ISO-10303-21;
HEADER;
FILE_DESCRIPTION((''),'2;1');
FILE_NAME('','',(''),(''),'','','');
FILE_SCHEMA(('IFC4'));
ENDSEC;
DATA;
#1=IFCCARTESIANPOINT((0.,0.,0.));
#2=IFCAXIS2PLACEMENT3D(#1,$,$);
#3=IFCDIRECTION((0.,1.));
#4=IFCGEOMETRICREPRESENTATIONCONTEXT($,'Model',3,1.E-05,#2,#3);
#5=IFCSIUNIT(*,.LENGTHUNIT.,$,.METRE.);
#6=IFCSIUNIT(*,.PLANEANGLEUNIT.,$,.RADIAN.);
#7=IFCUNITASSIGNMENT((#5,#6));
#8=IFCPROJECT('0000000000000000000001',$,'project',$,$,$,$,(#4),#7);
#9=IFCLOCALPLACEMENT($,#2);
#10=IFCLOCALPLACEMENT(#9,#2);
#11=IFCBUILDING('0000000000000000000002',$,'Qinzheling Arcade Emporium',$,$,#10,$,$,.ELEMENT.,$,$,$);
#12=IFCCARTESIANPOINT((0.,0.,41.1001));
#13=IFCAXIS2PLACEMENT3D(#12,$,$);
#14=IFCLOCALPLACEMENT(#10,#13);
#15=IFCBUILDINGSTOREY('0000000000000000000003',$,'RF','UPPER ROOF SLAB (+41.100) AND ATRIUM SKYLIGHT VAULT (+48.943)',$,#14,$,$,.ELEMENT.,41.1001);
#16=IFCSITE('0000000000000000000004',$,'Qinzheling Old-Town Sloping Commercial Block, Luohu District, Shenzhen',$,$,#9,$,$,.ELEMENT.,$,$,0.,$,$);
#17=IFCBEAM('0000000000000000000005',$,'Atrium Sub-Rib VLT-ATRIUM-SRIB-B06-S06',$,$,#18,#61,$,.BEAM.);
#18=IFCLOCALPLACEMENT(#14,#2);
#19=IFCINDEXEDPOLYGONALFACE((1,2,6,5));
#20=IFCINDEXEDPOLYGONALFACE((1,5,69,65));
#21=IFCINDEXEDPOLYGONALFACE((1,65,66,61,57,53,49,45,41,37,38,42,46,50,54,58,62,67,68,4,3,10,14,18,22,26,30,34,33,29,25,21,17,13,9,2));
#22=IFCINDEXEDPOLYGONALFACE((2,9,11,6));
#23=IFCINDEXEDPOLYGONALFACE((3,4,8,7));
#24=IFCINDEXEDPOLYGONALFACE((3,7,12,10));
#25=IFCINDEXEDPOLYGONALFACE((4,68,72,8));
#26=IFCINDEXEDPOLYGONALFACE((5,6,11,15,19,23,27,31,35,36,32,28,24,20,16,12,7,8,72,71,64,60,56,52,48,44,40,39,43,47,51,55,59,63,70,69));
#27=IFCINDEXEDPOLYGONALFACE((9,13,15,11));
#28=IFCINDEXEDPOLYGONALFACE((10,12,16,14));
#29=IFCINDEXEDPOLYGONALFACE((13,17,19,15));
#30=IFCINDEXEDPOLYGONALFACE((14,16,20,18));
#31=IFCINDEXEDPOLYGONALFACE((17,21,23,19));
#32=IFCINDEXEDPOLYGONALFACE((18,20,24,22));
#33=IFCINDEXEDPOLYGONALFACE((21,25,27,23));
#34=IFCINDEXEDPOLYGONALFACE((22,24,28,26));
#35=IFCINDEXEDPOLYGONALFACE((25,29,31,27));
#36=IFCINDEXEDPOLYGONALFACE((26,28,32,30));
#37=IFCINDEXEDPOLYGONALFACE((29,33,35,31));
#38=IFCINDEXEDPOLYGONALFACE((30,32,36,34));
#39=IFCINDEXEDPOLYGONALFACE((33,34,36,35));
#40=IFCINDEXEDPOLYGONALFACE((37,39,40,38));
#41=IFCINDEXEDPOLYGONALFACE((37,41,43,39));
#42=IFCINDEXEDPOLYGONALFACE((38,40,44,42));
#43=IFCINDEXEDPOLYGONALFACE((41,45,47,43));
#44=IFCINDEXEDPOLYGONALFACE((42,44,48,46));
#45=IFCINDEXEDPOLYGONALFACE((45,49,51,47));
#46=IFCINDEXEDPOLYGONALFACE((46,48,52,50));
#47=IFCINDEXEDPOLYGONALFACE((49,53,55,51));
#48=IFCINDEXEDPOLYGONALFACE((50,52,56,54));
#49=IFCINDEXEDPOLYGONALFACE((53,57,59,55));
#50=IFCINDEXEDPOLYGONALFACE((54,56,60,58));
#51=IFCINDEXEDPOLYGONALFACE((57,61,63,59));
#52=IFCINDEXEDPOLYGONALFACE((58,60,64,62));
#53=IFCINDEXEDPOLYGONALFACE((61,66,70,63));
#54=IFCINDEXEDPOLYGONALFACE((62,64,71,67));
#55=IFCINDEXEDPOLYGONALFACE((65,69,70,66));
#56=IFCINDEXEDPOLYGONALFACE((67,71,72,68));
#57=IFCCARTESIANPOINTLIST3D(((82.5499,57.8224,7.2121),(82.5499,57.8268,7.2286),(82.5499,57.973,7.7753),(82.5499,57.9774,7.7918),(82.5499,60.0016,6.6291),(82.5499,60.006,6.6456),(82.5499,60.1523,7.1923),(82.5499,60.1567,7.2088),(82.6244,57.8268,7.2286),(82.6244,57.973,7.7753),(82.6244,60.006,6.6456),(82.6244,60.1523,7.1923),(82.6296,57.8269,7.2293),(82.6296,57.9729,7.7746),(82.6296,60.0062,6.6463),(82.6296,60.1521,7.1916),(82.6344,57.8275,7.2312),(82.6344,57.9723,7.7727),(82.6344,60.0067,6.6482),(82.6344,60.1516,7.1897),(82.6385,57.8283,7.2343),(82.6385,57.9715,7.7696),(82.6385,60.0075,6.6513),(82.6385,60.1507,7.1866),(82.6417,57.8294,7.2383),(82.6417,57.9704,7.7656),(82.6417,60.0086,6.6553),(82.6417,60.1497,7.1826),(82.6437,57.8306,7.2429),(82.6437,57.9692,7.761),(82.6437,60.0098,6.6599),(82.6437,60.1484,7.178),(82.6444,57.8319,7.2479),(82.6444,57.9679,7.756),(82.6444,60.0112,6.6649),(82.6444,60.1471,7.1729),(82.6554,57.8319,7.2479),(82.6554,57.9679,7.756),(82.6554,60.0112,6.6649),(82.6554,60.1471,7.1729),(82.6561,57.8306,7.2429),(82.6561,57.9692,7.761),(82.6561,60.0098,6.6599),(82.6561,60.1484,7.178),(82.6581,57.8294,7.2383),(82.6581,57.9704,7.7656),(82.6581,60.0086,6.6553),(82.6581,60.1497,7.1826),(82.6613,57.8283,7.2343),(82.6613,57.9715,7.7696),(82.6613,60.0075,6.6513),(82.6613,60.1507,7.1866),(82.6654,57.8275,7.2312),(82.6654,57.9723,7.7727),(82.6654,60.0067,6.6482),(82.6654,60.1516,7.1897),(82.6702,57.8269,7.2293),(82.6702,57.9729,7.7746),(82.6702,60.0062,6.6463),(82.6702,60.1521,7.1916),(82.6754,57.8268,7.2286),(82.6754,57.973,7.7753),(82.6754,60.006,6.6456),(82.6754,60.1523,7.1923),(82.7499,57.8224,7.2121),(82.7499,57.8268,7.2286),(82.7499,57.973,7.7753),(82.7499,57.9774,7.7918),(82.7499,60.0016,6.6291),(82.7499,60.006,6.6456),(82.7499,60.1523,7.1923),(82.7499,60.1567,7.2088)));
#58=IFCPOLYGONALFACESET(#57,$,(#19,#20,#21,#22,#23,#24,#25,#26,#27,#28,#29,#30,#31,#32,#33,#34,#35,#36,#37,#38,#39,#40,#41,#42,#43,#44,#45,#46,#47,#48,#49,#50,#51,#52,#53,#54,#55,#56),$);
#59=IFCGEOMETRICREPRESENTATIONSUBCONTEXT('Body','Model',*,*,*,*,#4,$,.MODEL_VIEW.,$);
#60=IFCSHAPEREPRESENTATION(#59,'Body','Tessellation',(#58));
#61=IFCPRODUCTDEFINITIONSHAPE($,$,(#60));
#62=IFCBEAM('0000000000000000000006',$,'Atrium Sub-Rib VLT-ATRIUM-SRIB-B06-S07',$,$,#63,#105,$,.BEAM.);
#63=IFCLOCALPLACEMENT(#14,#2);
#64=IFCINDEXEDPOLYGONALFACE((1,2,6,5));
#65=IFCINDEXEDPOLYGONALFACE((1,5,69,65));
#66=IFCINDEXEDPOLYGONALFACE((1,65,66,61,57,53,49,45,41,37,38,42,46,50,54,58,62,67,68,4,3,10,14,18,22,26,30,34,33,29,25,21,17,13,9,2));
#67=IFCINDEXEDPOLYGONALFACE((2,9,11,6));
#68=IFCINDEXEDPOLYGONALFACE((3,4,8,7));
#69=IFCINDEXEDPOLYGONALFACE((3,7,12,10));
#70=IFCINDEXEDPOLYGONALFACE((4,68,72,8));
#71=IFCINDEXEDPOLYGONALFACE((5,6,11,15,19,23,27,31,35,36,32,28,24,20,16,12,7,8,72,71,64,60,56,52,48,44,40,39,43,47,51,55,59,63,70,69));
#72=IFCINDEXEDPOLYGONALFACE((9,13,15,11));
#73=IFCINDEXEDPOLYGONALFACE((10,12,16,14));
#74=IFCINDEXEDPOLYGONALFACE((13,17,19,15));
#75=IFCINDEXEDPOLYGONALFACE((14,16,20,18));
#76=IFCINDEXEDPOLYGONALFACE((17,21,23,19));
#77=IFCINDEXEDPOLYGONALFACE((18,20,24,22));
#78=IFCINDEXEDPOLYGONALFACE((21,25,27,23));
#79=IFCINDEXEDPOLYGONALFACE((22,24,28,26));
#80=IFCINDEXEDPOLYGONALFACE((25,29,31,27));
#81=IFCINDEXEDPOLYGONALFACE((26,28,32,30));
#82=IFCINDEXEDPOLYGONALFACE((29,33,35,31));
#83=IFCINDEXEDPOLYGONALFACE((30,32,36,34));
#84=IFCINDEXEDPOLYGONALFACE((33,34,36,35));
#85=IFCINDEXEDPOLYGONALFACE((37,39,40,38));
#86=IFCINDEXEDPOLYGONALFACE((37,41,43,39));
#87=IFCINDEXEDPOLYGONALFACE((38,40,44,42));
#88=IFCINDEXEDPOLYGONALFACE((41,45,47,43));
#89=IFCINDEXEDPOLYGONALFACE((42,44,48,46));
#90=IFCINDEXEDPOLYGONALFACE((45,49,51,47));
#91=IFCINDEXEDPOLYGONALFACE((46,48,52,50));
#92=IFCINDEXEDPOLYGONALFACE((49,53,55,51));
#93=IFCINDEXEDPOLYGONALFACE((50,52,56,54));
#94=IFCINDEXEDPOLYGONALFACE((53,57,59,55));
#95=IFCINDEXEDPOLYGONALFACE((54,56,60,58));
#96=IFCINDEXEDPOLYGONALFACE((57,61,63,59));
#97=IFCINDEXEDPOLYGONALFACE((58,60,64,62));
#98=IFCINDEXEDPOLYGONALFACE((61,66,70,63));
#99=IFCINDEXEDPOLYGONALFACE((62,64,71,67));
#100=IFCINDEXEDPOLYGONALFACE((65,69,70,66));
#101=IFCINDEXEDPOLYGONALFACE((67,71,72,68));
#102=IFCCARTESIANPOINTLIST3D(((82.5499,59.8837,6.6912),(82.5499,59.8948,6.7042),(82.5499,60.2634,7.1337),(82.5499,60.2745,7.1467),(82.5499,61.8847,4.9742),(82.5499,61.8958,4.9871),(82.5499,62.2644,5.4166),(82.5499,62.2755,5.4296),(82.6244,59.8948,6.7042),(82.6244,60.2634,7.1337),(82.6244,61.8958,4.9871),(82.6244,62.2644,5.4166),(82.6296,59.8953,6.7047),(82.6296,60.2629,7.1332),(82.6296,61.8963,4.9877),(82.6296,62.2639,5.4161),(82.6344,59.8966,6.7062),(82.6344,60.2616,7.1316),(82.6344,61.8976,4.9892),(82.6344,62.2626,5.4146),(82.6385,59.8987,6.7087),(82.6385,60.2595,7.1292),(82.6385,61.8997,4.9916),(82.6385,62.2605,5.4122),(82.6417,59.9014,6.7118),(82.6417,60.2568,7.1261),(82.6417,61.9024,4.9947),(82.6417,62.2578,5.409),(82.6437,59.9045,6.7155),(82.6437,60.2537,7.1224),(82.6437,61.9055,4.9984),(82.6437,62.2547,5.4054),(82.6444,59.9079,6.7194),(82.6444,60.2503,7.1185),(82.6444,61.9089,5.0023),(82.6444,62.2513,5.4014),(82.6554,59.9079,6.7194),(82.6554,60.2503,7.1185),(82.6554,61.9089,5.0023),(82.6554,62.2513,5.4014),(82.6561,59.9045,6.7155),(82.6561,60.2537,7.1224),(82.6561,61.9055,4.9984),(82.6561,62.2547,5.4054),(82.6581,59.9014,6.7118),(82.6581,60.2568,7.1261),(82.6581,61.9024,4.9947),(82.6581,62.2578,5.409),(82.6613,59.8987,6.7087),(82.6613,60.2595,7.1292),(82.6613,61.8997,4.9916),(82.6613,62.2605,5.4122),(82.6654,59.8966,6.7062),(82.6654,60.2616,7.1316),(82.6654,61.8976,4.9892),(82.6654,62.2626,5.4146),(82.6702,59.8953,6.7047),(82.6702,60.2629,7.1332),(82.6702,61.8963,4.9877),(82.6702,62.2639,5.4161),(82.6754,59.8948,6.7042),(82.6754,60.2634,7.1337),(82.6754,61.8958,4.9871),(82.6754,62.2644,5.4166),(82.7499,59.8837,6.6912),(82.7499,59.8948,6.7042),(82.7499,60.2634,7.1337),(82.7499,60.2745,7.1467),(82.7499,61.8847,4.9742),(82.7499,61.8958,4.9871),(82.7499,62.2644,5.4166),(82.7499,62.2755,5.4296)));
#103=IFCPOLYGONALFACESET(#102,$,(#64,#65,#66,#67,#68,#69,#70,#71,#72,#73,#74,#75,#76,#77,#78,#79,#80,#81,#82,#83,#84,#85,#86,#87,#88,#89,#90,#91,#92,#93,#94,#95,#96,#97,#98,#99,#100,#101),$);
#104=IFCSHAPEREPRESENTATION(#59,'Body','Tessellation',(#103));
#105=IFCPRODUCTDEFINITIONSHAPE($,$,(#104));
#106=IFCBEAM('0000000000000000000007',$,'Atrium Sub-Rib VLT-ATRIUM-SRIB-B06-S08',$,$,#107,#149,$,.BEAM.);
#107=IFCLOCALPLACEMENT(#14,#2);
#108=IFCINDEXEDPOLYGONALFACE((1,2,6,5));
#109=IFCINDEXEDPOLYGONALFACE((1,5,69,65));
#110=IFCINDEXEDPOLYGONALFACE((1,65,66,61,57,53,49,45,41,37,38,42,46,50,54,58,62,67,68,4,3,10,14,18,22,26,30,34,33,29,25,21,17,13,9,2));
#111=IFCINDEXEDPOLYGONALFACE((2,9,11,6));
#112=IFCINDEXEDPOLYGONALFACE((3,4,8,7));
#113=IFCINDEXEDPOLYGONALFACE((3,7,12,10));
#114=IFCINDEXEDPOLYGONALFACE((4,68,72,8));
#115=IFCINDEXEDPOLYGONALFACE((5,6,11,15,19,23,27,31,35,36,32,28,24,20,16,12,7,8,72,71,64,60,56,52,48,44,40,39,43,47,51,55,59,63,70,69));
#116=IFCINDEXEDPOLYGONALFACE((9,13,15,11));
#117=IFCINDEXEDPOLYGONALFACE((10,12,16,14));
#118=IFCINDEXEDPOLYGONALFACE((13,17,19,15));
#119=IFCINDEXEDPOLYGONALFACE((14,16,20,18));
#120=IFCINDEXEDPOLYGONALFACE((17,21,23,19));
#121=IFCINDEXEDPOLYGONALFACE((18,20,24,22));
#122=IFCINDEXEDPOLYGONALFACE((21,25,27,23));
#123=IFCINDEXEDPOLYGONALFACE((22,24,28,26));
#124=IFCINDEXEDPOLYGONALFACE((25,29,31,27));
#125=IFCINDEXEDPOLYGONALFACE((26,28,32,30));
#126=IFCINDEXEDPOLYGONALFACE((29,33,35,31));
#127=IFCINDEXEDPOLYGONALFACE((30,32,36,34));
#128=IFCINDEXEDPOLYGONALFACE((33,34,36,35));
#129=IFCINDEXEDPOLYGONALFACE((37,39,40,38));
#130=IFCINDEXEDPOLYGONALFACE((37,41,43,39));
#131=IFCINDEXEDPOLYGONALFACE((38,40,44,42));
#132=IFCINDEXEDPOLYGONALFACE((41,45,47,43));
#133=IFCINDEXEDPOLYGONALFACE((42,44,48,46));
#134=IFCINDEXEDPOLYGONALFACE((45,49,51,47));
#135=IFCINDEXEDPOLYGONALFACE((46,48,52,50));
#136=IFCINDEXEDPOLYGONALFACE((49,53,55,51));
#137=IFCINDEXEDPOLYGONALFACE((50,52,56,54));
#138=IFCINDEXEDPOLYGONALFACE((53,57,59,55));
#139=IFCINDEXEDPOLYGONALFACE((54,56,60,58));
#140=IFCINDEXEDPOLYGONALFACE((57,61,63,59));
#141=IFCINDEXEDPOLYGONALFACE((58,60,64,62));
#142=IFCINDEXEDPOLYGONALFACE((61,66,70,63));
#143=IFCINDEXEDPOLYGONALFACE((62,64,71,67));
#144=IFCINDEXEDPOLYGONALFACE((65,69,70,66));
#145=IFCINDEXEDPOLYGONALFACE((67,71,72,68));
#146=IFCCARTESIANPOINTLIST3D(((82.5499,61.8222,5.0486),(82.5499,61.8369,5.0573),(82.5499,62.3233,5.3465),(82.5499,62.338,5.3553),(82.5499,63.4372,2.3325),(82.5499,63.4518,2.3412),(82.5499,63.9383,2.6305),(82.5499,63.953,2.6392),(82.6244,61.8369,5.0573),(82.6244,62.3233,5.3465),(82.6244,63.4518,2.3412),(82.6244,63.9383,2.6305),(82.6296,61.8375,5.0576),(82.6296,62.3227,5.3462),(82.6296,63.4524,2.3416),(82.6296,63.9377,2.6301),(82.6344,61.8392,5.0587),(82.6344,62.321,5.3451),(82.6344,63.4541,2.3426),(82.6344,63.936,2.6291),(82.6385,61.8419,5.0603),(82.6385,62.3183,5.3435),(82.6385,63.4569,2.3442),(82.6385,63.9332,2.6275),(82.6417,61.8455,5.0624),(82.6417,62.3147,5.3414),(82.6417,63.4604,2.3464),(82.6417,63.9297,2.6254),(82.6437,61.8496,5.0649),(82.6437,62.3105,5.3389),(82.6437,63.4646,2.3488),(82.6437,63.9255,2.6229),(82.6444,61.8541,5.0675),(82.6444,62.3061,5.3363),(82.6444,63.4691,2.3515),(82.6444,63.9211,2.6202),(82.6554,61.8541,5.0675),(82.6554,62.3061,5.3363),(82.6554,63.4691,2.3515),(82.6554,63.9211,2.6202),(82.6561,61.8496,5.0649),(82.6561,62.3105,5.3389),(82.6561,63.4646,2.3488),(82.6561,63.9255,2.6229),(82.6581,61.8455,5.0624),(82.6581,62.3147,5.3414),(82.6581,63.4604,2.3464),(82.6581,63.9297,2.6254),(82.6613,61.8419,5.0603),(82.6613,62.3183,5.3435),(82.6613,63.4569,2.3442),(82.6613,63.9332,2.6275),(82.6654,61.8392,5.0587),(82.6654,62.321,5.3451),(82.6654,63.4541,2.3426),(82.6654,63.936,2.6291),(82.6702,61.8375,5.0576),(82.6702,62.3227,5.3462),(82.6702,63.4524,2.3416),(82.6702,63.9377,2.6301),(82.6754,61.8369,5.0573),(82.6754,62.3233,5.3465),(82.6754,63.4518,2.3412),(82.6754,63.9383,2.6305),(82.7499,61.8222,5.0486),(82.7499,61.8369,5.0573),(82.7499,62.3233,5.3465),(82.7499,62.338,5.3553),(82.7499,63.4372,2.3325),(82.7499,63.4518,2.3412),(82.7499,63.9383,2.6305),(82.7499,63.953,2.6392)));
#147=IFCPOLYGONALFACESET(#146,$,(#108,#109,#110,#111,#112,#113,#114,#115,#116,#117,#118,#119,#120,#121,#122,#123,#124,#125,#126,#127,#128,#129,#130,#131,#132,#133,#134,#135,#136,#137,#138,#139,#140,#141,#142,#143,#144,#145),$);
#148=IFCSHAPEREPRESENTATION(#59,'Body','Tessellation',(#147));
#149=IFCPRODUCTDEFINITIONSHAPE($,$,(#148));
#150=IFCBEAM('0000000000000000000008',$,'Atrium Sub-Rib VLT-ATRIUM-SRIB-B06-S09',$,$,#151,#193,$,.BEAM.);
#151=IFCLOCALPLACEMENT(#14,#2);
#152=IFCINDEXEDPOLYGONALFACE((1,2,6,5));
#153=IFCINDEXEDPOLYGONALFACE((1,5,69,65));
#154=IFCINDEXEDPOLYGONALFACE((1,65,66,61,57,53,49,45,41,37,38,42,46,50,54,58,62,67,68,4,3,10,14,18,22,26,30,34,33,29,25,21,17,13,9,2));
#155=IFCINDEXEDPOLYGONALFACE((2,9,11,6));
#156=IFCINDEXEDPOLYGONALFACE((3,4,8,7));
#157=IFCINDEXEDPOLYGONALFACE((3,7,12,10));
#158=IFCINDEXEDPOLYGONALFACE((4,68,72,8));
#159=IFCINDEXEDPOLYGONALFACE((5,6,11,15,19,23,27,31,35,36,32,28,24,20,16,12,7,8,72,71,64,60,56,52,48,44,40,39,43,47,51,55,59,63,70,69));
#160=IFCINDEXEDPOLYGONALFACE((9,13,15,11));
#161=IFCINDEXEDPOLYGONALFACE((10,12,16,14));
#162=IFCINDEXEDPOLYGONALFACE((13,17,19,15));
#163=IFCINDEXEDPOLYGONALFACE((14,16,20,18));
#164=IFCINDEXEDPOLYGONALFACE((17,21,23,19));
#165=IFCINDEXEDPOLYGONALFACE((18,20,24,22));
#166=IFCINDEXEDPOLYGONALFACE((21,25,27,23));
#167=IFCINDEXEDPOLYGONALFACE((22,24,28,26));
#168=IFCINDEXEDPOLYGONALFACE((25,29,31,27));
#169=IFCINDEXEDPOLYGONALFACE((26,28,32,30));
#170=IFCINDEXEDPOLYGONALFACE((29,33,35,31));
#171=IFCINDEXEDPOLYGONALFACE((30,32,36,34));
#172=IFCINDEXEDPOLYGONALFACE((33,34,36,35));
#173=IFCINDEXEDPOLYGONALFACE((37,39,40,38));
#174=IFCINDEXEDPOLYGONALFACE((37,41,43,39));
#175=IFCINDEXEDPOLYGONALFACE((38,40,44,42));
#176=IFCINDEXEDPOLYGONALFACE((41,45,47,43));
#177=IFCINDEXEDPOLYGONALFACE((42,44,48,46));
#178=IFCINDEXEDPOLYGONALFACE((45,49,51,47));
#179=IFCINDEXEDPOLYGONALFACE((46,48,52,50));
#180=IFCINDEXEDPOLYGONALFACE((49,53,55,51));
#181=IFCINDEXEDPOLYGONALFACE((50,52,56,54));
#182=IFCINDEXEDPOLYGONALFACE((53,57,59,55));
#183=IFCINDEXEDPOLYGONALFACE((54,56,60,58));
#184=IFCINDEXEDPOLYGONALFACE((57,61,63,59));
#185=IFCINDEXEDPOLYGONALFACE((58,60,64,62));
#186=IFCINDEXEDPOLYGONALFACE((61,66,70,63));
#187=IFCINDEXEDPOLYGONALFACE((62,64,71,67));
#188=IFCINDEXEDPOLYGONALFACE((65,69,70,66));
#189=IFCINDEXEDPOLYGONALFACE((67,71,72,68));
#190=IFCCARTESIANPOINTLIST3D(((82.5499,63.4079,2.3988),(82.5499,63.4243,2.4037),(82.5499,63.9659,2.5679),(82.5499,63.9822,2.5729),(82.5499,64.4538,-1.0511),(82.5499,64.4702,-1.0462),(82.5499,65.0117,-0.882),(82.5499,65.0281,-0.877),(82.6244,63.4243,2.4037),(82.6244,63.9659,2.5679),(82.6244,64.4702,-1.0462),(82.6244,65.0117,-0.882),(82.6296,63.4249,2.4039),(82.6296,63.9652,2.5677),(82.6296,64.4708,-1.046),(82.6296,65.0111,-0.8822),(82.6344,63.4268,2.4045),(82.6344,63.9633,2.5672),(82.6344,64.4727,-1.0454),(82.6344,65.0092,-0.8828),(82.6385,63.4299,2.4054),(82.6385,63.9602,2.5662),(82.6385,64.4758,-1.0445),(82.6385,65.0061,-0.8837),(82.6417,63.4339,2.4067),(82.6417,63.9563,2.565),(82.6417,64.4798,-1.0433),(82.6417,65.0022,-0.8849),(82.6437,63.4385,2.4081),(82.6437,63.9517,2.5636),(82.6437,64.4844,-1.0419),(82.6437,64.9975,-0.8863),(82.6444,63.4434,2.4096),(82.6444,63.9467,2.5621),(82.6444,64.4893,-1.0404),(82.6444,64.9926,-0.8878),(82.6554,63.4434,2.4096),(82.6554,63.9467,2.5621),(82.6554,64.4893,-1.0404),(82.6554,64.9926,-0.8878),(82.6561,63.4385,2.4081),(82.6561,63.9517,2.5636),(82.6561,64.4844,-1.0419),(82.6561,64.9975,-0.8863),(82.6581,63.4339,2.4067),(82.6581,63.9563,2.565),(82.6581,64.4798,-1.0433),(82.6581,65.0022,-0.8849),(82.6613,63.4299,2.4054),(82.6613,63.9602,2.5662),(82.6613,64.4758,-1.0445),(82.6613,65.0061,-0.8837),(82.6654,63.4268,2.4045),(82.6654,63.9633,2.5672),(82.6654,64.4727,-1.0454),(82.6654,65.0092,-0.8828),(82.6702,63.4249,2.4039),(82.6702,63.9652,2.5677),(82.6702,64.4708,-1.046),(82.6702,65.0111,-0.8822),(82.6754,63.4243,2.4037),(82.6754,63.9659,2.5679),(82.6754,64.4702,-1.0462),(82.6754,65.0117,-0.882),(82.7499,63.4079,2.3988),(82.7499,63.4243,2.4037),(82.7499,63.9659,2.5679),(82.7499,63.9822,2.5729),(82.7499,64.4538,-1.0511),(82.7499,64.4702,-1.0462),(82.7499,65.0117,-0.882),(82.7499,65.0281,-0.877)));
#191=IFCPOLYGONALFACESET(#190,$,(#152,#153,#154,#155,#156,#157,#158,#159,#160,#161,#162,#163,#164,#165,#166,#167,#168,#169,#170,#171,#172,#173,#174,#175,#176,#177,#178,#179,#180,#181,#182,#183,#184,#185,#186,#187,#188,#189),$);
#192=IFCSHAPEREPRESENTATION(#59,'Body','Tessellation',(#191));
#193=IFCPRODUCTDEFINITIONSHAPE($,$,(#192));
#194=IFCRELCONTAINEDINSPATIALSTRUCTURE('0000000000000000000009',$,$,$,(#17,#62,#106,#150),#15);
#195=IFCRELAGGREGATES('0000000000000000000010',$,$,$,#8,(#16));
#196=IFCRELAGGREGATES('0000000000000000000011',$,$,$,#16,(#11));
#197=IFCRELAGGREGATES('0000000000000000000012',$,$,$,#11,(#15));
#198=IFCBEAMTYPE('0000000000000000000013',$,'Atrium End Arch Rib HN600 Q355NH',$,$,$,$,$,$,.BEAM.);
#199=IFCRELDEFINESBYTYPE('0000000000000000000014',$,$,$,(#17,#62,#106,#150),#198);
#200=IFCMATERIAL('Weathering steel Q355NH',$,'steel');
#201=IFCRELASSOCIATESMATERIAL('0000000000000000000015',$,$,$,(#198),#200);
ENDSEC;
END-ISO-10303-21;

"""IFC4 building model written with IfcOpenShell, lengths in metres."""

from ifc_helpers import new_model, si_unit, direction, frame, origin, origin_2d, place, context, subcontext, project, spatial, i_section, extrude, material, material_profile, profile_set, type_object, element, save


model = new_model("IFC4")

# Units and contexts
model_context = context("Model", 3, precision=1e-05, world=origin(), true_north=direction((0.0, 1.0)))
body_context = subcontext(model_context, "Body", "Model", "MODEL_VIEW")
ifc_project = project(units=[si_unit("LENGTHUNIT", "METRE"), si_unit("PLANEANGLEUNIT", "RADIAN")], contexts=[model_context])

# Site, building, storey
site_placement = place(None, origin())
site = spatial("IfcSite", under=ifc_project, at=site_placement, Name="Qinzheling Old-Town Sloping Commercial Block, Luohu District, Shenzhen", CompositionType="ELEMENT", RefElevation=0.0)
building_placement = place(site_placement, origin())
building = spatial("IfcBuilding", under=site, at=building_placement, Name="Qinzheling Arcade Emporium", CompositionType="ELEMENT")
storey_placement = place(building_placement, frame((0.0, 0.0, 41.1001)))
storey = spatial("IfcBuildingStorey", under=building, at=storey_placement, Name="RF", Description="UPPER ROOF SLAB (+41.100) AND ATRIUM SKYLIGHT VAULT (+48.943)", CompositionType="ELEMENT", Elevation=41.1001)

# Beams
ifc_material_1 = material(Name="Weathering steel Q355NH", Category="steel")
ifc_material_profile_1 = material_profile(ifc_material_1, i_section(OverallWidth=0.2, OverallDepth=0.6001, WebThickness=0.011, FlangeThickness=0.0171, FilletRadius=0.02, at=origin_2d()), Name="HN 600x200x11x17", Category="steel")
ifc_profile_set_1 = profile_set([ifc_material_profile_1], Name="Weathering steel Q355NH")
beam_type_1 = type_object("IfcBeamType", Name="Atrium End Arch Rib HN600 Q355NH", PredefinedType="BEAM", material=ifc_profile_set_1)
beam_1_placement = place(storey_placement, frame((82.6499, 57.8999, 7.502), z_axis=(0.0, 0.966026, -0.258444), x_axis=(-1.0, 0.0, 0.0)))
element("IfcBeam", 1, at=beam_1_placement, inside=storey, type_object=beam_type_1, Name="Atrium Sub-Rib VLT-ATRIUM-SRIB-B06-S06", PredefinedType="BEAM", context=body_context, shape_type="SweptSolid", body=[
    extrude(i_section(OverallWidth=0.2, OverallDepth=0.6001, WebThickness=0.011, FlangeThickness=0.0171, FilletRadius=0.02, at=origin_2d()), origin(), (0.0, 0.0, 1.0), 2.2559),
])
beam_2_placement = place(storey_placement, frame((82.6499, 60.0791, 6.9189), z_axis=(0.0, 0.758897, -0.651211), x_axis=(-1.0, 0.0, 0.0)))
element("IfcBeam", 2, at=beam_2_placement, inside=storey, type_object=beam_type_1, Name="Atrium Sub-Rib VLT-ATRIUM-SRIB-B06-S07", PredefinedType="BEAM", context=body_context, shape_type="SweptSolid", body=[
    extrude(i_section(OverallWidth=0.2, OverallDepth=0.6001, WebThickness=0.011, FlangeThickness=0.0171, FilletRadius=0.02, at=origin_2d()), origin(), (0.0, 0.0, 1.0), 2.6367),
])
beam_3_placement = place(storey_placement, frame((82.6499, 62.0801, 5.2019), z_axis=(0.0, 0.511083, -0.859531), x_axis=(-1.0, 0.0, 0.0)))
element("IfcBeam", 3, at=beam_3_placement, inside=storey, type_object=beam_type_1, Name="Atrium Sub-Rib VLT-ATRIUM-SRIB-B06-S08", PredefinedType="BEAM", context=body_context, shape_type="SweptSolid", body=[
    extrude(i_section(OverallWidth=0.2, OverallDepth=0.6001, WebThickness=0.011, FlangeThickness=0.0171, FilletRadius=0.02, at=origin_2d()), origin(), (0.0, 0.0, 1.0), 3.1599),
])
beam_4_placement = place(storey_placement, frame((82.6499, 63.6951, 2.4858), z_axis=(0.0, 0.290124, -0.956989), x_axis=(-1.0, 0.0, 0.0)))
element("IfcBeam", 4, at=beam_4_placement, inside=storey, type_object=beam_type_1, Name="Atrium Sub-Rib VLT-ATRIUM-SRIB-B06-S09", PredefinedType="BEAM", context=body_context, shape_type="SweptSolid", body=[
    extrude(i_section(OverallWidth=0.2, OverallDepth=0.6001, WebThickness=0.011, FlangeThickness=0.0171, FilletRadius=0.02, at=origin_2d()), origin(), (0.0, 0.0, 1.0), 3.605),
])

save(model, "model.ifc")
